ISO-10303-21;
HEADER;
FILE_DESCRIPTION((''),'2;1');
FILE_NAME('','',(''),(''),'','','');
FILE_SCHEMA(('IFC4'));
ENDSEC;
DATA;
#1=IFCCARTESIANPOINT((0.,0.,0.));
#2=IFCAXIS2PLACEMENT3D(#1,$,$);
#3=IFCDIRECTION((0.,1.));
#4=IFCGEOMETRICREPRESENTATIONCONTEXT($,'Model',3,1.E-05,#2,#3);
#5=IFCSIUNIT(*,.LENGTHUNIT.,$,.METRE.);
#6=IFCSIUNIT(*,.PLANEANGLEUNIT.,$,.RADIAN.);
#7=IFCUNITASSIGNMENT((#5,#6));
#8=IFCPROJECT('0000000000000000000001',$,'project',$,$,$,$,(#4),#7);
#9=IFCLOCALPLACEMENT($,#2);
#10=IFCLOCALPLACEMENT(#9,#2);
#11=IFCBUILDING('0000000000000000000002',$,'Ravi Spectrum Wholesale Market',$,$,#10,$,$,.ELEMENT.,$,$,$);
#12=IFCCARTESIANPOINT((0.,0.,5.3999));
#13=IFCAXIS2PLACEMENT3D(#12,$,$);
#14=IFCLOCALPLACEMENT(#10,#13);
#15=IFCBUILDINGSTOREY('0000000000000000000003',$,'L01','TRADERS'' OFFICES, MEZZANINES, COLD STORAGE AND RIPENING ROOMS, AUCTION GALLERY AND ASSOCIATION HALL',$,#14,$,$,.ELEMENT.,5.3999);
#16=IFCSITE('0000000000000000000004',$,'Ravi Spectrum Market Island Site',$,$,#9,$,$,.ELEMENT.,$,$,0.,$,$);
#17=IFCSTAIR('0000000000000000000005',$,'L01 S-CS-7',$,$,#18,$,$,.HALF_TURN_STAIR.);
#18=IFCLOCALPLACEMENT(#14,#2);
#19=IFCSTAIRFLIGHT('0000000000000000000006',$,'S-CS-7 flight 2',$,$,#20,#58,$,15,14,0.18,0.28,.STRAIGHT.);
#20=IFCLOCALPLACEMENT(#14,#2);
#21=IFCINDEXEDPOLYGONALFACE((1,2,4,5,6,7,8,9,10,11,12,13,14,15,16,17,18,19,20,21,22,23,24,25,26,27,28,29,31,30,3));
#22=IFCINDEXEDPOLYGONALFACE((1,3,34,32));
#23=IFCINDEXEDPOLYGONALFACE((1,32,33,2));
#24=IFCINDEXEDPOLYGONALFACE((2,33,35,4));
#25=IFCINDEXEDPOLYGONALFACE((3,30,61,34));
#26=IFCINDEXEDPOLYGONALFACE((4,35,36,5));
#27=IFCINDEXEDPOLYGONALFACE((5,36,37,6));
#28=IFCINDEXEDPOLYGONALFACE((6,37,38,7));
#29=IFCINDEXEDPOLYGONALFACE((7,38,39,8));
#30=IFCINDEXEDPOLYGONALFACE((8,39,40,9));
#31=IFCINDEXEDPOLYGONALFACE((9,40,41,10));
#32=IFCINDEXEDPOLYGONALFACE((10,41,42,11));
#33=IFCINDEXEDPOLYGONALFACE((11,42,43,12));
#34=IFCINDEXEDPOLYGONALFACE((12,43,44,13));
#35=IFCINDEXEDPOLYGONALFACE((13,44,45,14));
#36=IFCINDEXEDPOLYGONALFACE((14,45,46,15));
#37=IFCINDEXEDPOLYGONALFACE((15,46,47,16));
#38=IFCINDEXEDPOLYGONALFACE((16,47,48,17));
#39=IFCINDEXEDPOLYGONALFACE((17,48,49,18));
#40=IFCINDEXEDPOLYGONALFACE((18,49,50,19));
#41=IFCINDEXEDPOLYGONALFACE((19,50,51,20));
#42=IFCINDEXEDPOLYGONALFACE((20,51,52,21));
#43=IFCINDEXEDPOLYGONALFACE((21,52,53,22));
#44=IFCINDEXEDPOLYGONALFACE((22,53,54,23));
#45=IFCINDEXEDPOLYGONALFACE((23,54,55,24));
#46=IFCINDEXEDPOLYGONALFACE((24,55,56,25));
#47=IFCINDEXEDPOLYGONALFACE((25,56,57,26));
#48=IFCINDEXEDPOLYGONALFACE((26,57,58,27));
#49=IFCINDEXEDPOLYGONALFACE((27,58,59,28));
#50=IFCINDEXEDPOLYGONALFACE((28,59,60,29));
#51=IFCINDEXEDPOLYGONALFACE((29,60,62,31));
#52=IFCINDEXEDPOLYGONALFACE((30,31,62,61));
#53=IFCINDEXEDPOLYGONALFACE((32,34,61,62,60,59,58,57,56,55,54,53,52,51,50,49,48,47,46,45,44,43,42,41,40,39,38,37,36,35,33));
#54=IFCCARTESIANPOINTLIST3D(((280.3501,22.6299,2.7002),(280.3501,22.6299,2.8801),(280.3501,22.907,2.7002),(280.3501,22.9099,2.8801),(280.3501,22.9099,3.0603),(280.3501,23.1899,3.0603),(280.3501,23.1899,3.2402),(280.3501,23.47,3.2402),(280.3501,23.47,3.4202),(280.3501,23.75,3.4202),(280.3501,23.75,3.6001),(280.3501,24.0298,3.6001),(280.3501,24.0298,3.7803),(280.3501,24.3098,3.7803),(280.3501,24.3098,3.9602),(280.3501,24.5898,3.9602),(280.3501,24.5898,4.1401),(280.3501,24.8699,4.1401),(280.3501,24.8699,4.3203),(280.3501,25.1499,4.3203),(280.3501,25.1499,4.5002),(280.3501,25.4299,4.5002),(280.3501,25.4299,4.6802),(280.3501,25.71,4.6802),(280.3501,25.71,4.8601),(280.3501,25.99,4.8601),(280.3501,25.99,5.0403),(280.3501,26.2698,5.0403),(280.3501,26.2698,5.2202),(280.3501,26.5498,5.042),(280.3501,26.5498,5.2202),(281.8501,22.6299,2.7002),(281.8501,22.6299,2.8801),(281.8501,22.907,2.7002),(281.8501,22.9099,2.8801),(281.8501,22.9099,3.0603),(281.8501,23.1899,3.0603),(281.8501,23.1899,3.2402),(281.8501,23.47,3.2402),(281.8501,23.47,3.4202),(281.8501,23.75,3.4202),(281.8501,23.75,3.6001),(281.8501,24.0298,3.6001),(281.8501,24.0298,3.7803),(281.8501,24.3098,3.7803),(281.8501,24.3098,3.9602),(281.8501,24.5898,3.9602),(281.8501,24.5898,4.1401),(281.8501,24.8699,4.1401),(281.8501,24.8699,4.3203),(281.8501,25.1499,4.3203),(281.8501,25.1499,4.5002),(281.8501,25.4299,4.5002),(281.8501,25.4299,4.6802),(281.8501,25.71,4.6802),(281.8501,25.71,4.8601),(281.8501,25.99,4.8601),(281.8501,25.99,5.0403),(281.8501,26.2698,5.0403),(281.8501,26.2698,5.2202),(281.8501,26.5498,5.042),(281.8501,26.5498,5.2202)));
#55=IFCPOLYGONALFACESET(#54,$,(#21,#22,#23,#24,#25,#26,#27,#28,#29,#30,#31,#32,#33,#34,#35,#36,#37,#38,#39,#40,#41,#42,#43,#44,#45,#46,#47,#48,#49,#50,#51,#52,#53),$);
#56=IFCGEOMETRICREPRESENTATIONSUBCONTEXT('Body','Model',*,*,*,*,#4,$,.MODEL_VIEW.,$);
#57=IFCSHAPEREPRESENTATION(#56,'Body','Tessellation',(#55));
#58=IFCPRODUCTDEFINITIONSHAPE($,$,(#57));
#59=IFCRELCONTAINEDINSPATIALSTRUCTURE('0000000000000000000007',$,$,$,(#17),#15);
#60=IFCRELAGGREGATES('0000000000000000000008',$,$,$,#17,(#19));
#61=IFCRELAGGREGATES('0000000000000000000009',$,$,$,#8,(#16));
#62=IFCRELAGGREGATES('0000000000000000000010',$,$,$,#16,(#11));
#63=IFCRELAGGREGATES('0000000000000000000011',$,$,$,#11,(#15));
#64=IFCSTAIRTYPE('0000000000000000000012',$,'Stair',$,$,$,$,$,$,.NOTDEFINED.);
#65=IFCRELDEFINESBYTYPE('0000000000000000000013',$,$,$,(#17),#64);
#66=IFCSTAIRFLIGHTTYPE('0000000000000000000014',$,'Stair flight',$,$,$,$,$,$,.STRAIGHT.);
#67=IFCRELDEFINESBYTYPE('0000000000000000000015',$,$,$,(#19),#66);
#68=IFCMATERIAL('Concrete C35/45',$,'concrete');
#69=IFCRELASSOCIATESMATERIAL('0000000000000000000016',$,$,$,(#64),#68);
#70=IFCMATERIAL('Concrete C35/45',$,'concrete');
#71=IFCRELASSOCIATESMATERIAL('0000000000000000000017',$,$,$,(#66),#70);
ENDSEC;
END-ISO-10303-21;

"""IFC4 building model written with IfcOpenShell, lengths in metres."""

from ifc_helpers import new_model, si_unit, direction, frame, origin, place, context, subcontext, project, spatial, polyline, outline, extrude, material, type_object, element, aggregate, save


model = new_model("IFC4")

# Units and contexts
model_context = context("Model", 3, precision=1e-05, world=origin(), true_north=direction((0.0, 1.0)))
body_context = subcontext(model_context, "Body", "Model", "MODEL_VIEW")
ifc_project = project(units=[si_unit("LENGTHUNIT", "METRE"), si_unit("PLANEANGLEUNIT", "RADIAN")], contexts=[model_context])

# Site, building, storey
site_placement = place(None, origin())
site = spatial("IfcSite", under=ifc_project, at=site_placement, Name="Ravi Spectrum Market Island Site", CompositionType="ELEMENT", RefElevation=0.0)
building_placement = place(site_placement, origin())
building = spatial("IfcBuilding", under=site, at=building_placement, Name="Ravi Spectrum Wholesale Market", CompositionType="ELEMENT")
storey_placement = place(building_placement, frame((0.0, 0.0, 5.3999)))
storey = spatial("IfcBuildingStorey", under=building, at=storey_placement, Name="L01", Description="TRADERS' OFFICES, MEZZANINES, COLD STORAGE AND RIPENING ROOMS, AUCTION GALLERY AND ASSOCIATION HALL", CompositionType="ELEMENT", Elevation=5.3999)

# Stair, stair flight
ifc_material_1 = material(Name="Concrete C35/45", Category="concrete")
stair_type = type_object("IfcStairType", Name="Stair", PredefinedType="NOTDEFINED", material=ifc_material_1)
stair_placement = place(storey_placement, origin())
stair = element("IfcStair", 1, at=stair_placement, inside=storey, type_object=stair_type, Name="L01 S-CS-7", PredefinedType="HALF_TURN_STAIR")
ifc_material_2 = material(Name="Concrete C35/45", Category="concrete")
stair_flight_type = type_object("IfcStairFlightType", Name="Stair flight", PredefinedType="STRAIGHT", material=ifc_material_2)
stair_flight_1_placement = place(storey_placement, frame((281.1001, 22.6299, 2.7002), z_axis=(0.0, 0.0, 1.0), x_axis=(0.0, 1.0, 0.0)))
stair_flight_1 = element("IfcStairFlight", 2, at=stair_flight_1_placement, type_object=stair_flight_type, Name="S-CS-7 flight 2", NumberOfRisers=15, NumberOfTreads=14, PredefinedType="STRAIGHT", RiserHeight=0.18, TreadLength=0.28, context=body_context, shape_type="SweptSolid", body=[
    extrude(outline(polyline([(0.0, 0.0), (0.0, 0.1799), (0.28, 0.1799), (0.28, 0.3601), (0.5601, 0.3601), (0.5601, 0.54), (0.8401, 0.54), (0.8401, 0.72), (1.1201, 0.72), (1.1201, 0.8999), (1.3999, 0.8999), (1.3999, 1.0801), (1.6799, 1.0801), (1.6799, 1.26), (1.96, 1.26), (1.96, 1.4399), (2.24, 1.4399), (2.24, 1.6201), (2.52, 1.6201), (2.52, 1.8), (2.8, 1.8), (2.8, 1.98), (3.0801, 1.98), (3.0801, 2.1599), (3.3601, 2.1599), (3.3601, 2.3401), (3.6399, 2.3401), (3.6399, 2.52), (3.9199, 2.52), (3.9199, 2.7), (3.9199, 2.3418), (0.2771, 0.0), (0.0, 0.0)])), frame((0.0, 0.75, 0.0), z_axis=(0.0, -1.0, 0.0), x_axis=(1.0, 0.0, 0.0)), (0.0, 0.0, 1.0), 1.5),
])
aggregate(stair, [stair_flight_1])

save(model, "model.ifc")
